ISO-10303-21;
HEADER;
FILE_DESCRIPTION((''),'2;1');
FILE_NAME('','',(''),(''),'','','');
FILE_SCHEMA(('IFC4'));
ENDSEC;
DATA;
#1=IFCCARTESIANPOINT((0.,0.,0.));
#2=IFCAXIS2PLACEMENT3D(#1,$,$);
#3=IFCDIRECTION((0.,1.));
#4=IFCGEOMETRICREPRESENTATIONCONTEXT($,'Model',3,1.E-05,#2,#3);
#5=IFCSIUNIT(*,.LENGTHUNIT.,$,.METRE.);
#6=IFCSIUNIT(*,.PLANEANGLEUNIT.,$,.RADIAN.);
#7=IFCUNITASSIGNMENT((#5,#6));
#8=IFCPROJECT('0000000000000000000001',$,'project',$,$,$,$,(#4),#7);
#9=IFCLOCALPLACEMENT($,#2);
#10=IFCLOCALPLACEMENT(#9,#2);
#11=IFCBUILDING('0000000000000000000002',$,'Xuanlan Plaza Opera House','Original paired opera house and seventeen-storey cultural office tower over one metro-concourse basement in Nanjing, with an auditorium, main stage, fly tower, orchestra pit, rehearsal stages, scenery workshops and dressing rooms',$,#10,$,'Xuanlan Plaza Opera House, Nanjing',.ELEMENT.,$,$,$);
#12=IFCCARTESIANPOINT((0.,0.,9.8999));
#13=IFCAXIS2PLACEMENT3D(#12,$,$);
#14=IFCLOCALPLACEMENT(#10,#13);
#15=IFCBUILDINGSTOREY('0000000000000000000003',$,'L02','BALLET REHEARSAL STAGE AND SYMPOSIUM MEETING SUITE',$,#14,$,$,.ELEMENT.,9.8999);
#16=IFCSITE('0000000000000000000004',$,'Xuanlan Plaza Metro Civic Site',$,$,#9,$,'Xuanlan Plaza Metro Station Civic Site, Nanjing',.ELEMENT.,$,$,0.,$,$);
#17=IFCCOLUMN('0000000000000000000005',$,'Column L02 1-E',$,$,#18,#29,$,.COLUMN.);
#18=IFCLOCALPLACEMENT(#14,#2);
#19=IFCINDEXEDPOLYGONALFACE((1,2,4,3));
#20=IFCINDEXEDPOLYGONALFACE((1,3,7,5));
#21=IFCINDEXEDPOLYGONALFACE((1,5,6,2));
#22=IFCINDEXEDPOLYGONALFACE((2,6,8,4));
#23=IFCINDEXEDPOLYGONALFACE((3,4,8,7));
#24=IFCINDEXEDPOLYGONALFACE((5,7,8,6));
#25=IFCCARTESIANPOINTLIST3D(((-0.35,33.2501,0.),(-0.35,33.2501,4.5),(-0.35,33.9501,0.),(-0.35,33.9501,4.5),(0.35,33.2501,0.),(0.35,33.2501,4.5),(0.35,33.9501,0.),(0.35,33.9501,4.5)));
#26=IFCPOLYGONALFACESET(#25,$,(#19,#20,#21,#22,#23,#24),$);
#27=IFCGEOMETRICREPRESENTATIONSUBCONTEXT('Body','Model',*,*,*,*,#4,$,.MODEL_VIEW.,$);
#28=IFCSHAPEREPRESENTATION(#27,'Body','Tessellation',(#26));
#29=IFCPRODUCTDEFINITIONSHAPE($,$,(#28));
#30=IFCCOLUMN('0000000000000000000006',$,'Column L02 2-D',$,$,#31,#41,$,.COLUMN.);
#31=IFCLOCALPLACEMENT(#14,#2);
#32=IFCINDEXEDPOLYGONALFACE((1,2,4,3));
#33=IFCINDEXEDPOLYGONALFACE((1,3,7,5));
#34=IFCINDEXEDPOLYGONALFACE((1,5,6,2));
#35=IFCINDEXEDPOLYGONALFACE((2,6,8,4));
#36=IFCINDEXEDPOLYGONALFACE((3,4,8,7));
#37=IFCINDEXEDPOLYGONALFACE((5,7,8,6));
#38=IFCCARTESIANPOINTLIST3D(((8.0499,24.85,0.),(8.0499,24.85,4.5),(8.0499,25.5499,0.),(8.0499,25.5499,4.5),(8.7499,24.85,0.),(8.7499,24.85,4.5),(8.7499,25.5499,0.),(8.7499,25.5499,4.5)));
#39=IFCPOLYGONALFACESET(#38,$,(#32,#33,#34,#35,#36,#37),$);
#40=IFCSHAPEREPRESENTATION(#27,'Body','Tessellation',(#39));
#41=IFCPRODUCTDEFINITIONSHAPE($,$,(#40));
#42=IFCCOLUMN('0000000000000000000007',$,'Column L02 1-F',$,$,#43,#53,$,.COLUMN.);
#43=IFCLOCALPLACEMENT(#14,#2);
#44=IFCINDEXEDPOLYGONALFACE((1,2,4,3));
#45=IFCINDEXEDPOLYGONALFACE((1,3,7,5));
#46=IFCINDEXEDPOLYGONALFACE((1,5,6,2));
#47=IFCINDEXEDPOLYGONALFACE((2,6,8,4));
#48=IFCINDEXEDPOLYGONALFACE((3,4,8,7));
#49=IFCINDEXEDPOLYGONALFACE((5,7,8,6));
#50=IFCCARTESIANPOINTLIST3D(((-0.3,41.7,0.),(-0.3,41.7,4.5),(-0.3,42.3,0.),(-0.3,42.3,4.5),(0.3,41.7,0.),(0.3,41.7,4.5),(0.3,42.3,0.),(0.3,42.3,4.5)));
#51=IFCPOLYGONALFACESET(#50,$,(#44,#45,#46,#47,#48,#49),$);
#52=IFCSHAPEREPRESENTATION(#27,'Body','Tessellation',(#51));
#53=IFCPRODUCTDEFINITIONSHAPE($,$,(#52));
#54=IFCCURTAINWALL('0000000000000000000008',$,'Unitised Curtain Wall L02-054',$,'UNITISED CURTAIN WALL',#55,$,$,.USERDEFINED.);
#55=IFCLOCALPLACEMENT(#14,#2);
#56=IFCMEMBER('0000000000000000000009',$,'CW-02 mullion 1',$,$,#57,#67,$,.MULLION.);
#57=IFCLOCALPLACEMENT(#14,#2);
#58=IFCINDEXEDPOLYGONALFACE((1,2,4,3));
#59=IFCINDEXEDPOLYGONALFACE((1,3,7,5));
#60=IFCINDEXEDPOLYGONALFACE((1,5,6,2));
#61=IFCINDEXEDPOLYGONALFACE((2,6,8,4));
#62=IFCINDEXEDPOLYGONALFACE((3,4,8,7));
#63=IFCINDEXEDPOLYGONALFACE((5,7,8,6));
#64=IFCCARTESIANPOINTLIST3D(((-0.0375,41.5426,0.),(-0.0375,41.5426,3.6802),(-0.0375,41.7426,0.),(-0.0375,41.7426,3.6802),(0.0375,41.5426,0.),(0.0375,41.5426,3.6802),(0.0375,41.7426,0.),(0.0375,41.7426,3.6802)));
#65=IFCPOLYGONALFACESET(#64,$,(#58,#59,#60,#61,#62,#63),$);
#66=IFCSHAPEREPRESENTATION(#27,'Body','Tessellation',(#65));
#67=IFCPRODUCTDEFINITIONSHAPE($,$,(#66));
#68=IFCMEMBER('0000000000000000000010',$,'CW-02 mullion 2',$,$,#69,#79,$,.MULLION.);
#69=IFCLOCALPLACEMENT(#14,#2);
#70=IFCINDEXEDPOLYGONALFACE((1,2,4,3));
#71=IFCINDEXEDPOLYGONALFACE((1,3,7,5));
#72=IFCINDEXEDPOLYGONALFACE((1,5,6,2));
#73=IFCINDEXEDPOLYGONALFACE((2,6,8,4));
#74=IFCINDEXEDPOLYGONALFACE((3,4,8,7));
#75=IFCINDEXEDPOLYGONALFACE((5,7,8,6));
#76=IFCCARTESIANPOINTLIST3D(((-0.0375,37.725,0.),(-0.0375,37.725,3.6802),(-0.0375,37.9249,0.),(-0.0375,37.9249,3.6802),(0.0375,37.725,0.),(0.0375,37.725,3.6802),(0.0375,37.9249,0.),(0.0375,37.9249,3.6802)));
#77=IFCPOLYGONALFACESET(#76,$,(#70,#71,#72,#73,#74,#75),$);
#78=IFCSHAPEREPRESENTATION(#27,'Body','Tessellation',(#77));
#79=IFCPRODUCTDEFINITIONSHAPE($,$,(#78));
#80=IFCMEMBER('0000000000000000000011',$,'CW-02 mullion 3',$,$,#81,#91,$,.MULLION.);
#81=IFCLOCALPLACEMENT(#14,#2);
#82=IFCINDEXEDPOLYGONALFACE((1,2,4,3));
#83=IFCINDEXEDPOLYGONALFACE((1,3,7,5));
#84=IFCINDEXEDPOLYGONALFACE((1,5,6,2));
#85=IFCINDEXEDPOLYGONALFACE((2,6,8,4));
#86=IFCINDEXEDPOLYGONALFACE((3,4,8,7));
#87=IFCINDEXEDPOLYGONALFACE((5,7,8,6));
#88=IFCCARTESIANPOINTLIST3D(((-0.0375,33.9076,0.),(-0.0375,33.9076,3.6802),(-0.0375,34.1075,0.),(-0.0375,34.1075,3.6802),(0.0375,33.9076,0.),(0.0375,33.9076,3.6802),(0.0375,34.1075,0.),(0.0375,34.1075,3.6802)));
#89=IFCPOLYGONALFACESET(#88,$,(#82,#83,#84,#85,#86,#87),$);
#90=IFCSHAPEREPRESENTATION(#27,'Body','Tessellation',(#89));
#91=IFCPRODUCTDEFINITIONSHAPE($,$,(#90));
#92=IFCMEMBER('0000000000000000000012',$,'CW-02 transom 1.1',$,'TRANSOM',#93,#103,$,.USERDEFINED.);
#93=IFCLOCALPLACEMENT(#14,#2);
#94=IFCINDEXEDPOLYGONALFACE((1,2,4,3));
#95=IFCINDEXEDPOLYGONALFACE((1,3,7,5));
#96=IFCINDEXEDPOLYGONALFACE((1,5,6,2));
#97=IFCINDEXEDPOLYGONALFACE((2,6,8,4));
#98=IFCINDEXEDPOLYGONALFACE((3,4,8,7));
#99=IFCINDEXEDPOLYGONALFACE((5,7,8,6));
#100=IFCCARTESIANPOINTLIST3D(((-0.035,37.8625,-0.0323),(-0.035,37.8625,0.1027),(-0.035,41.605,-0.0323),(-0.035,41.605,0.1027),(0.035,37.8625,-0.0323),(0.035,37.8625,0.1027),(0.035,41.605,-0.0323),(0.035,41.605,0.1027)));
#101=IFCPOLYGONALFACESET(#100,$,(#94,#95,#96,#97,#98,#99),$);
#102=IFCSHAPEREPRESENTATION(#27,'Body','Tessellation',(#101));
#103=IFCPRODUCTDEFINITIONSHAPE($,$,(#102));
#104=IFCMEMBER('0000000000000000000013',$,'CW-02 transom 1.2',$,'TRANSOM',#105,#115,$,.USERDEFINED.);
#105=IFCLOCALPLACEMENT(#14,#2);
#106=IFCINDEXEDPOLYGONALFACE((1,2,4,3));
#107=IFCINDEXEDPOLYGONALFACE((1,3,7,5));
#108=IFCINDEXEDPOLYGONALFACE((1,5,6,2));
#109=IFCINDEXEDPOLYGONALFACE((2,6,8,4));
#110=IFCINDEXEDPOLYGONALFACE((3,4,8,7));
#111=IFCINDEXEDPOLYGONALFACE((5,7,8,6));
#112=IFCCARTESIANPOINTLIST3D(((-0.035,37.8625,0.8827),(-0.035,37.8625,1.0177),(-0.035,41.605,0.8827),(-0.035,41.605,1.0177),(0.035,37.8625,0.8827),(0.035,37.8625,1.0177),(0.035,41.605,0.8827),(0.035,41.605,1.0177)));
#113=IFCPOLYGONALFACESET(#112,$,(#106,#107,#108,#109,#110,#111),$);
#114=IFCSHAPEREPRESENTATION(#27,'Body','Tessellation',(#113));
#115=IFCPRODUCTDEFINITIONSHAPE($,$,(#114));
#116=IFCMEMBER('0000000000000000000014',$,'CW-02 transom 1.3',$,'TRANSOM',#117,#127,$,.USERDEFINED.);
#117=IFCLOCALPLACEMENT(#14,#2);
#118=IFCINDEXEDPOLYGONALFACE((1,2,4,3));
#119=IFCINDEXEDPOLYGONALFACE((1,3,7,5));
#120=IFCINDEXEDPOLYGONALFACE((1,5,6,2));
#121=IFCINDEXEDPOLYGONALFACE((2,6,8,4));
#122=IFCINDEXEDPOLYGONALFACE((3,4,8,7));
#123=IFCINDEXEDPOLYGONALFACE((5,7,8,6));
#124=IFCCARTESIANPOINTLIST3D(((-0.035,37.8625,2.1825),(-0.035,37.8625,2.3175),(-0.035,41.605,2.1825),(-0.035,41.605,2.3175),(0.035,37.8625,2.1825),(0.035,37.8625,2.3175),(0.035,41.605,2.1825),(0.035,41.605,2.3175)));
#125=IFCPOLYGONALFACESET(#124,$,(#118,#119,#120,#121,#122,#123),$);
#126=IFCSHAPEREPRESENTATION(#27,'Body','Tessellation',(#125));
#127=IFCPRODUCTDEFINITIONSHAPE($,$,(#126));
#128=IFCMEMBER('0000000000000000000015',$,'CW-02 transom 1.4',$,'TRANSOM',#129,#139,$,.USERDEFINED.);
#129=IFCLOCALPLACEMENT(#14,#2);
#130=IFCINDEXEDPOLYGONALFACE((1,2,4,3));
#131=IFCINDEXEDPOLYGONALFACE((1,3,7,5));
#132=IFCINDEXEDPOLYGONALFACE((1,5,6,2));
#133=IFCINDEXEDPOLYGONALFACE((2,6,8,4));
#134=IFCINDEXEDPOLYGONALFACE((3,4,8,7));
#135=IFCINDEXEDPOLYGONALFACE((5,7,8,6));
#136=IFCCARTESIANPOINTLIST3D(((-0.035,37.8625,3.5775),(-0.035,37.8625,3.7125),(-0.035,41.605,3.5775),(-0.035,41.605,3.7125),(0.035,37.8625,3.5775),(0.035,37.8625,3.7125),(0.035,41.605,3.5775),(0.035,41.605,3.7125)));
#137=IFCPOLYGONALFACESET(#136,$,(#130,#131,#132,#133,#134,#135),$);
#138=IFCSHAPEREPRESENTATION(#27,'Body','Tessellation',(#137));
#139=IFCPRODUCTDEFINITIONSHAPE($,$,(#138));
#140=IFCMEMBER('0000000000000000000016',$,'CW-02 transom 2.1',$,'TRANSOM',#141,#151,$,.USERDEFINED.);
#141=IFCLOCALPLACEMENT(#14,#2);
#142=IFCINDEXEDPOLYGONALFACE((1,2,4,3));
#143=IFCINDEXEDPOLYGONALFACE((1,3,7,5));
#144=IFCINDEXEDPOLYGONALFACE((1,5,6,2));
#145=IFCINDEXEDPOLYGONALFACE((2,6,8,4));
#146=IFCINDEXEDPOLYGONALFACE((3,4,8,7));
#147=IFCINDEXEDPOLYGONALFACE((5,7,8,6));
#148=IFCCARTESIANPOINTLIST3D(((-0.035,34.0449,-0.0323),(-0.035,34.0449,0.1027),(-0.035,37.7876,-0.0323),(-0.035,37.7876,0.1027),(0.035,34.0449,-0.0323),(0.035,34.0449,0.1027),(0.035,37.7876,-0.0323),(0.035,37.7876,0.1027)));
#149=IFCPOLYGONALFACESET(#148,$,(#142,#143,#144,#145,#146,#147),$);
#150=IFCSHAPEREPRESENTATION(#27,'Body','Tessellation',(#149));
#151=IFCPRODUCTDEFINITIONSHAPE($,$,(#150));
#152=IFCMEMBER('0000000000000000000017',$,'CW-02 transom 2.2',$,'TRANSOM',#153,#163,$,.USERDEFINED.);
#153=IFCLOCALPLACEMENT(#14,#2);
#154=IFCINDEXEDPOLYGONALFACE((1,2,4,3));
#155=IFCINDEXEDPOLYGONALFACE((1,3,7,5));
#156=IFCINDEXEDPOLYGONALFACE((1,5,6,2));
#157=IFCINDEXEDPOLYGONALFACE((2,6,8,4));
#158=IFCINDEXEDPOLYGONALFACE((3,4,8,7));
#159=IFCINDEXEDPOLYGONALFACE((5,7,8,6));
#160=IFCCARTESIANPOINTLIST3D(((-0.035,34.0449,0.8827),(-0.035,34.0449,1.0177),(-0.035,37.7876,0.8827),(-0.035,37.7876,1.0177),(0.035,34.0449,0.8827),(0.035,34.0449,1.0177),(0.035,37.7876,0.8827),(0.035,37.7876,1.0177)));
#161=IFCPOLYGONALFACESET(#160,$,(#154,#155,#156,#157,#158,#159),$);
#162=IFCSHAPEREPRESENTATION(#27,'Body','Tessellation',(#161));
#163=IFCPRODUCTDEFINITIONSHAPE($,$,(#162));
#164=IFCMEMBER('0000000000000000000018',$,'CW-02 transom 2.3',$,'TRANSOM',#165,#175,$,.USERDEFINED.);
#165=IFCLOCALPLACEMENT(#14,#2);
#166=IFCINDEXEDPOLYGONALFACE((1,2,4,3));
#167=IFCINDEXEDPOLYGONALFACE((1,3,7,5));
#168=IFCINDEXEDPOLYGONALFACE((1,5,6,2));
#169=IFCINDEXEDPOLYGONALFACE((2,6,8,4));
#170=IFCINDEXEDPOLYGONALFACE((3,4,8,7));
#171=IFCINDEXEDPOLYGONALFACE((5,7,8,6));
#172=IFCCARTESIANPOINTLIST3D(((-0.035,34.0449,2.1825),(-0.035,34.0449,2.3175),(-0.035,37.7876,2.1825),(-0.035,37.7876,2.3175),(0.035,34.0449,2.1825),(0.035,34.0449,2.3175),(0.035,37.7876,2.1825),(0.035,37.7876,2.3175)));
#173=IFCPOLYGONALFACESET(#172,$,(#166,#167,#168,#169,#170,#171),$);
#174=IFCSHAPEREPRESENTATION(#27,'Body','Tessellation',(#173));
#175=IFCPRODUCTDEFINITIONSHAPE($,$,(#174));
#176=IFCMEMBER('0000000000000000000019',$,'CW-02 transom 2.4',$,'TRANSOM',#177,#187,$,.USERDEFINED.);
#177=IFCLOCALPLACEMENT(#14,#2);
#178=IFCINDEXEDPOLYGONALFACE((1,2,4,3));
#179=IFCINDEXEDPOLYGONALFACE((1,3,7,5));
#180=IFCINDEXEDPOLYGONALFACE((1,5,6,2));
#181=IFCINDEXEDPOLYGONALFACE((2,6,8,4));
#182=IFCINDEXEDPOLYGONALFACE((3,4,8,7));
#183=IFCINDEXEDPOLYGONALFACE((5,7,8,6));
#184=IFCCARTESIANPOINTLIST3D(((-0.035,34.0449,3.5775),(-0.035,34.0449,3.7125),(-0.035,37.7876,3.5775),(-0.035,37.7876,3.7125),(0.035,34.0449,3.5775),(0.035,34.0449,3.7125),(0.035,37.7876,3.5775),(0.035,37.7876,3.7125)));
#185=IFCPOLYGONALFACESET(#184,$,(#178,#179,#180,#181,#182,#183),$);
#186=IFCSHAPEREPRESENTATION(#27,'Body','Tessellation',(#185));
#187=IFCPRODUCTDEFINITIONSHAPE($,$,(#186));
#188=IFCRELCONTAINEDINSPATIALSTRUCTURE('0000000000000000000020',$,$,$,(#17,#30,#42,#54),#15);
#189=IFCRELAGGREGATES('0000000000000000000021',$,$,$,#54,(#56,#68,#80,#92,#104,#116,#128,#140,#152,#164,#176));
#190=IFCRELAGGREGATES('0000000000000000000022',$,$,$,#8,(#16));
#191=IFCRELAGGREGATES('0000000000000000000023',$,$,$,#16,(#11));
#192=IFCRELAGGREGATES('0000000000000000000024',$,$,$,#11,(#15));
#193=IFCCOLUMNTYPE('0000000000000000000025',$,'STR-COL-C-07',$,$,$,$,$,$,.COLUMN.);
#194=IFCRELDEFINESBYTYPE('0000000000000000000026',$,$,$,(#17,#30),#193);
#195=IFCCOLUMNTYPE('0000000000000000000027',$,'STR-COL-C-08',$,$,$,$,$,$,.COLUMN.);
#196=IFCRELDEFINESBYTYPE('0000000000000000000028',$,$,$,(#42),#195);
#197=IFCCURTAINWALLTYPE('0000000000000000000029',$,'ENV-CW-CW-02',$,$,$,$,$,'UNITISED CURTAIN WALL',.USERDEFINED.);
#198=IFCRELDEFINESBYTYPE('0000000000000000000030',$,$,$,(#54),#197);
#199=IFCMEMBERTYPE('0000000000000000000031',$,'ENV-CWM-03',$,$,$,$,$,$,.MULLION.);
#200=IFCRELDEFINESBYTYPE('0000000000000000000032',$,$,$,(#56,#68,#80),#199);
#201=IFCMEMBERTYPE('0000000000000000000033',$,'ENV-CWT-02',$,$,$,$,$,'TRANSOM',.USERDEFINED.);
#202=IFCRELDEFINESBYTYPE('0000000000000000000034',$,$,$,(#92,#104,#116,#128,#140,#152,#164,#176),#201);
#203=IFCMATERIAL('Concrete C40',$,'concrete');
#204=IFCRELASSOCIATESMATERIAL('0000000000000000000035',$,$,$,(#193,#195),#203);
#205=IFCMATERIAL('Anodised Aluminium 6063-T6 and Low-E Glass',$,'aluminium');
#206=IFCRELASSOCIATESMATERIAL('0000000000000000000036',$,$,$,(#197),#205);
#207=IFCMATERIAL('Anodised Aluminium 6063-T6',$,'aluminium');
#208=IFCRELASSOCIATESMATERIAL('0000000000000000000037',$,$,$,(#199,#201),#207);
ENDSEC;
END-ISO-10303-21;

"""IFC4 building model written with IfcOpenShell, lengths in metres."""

from ifc_helpers import new_model, si_unit, direction, frame, origin, origin_2d, place, context, subcontext, project, spatial, rectangle, extrude, material, material_profile, profile_set, type_object, element, aggregate, save


model = new_model("IFC4")

# Units and contexts
model_context = context("Model", 3, precision=1e-05, world=origin(), true_north=direction((0.0, 1.0)))
body_context = subcontext(model_context, "Body", "Model", "MODEL_VIEW")
ifc_project = project(units=[si_unit("LENGTHUNIT", "METRE"), si_unit("PLANEANGLEUNIT", "RADIAN")], contexts=[model_context])

# Site, building, storey
site_placement = place(None, origin())
site = spatial("IfcSite", under=ifc_project, at=site_placement, Name="Xuanlan Plaza Metro Civic Site", LongName="Xuanlan Plaza Metro Station Civic Site, Nanjing", CompositionType="ELEMENT", RefElevation=0.0)
building_placement = place(site_placement, origin())
building = spatial("IfcBuilding", under=site, at=building_placement, Name="Xuanlan Plaza Opera House", Description="Original paired opera house and seventeen-storey cultural office tower over one metro-concourse basement in Nanjing, with an auditorium, main stage, fly tower, orchestra pit, rehearsal stages, scenery workshops and dressing rooms", LongName="Xuanlan Plaza Opera House, Nanjing", CompositionType="ELEMENT")
storey_placement = place(building_placement, frame((0.0, 0.0, 9.8999)))
storey = spatial("IfcBuildingStorey", under=building, at=storey_placement, Name="L02", Description="BALLET REHEARSAL STAGE AND SYMPOSIUM MEETING SUITE", CompositionType="ELEMENT", Elevation=9.8999)

# Columns
ifc_material_1 = material(Name="Concrete C40", Category="concrete")
ifc_material_profile_1 = material_profile(ifc_material_1, rectangle(XDim=0.7, YDim=0.7, at=origin_2d()), Name="RC-COL 700x700")
ifc_profile_set_1 = profile_set([ifc_material_profile_1], Name="Concrete C40")
column_type_1 = type_object("IfcColumnType", Name="STR-COL-C-07", PredefinedType="COLUMN", material=ifc_profile_set_1)
for number, where, z_axis, x_axis, name in (
    (1, (0.0, 33.6001, 0.0), (0.0, 0.0, 1.0), (1.0, 0.0, 0.0), "Column L02 1-E"),
    (2, (8.3999, 25.2, 0.0), (0.0, 0.0, 1.0), (1.0, 0.0, 0.0), "Column L02 2-D"),
):
    element("IfcColumn", number, at=place(storey_placement, frame(where, z_axis=z_axis, x_axis=x_axis)), inside=storey, type_object=column_type_1, Name=name, PredefinedType="COLUMN", context=body_context, shape_type="SweptSolid", body=[
        extrude(rectangle(XDim=0.7, YDim=0.7, at=origin_2d()), origin(), (0.0, 0.0, 1.0), 4.5),
    ])
ifc_material_profile_2 = material_profile(ifc_material_1, rectangle(XDim=0.6001, YDim=0.6001, at=origin_2d()), Name="RC-COL 600x600")
ifc_profile_set_2 = profile_set([ifc_material_profile_2], Name="Concrete C40")
column_type_2 = type_object("IfcColumnType", Name="STR-COL-C-08", PredefinedType="COLUMN", material=ifc_profile_set_2)
column_placement = place(storey_placement, frame((0.0, 42.0, 0.0), z_axis=(0.0, 0.0, 1.0), x_axis=(1.0, 0.0, 0.0)))
element("IfcColumn", 3, at=column_placement, inside=storey, type_object=column_type_2, Name="Column L02 1-F", PredefinedType="COLUMN", context=body_context, shape_type="SweptSolid", body=[
    extrude(rectangle(XDim=0.6001, YDim=0.6001, at=origin_2d()), origin(), (0.0, 0.0, 1.0), 4.5),
])

# Curtain wall, members
ifc_material_2 = material(Name="Anodised Aluminium 6063-T6 and Low-E Glass", Category="aluminium")
curtain_wall_type = type_object("IfcCurtainWallType", Name="ENV-CW-CW-02", ElementType="UNITISED CURTAIN WALL", PredefinedType="USERDEFINED", material=ifc_material_2)
curtain_wall_placement = place(storey_placement, origin())
curtain_wall = element("IfcCurtainWall", 4, at=curtain_wall_placement, inside=storey, type_object=curtain_wall_type, Name="Unitised Curtain Wall L02-054", ObjectType="UNITISED CURTAIN WALL", PredefinedType="USERDEFINED")
ifc_material_3 = material(Name="Anodised Aluminium 6063-T6", Category="aluminium")
ifc_material_profile_3 = material_profile(ifc_material_3, rectangle(XDim=0.075, YDim=0.2, at=origin_2d()), Name="ALU-M 75x200")
ifc_profile_set_3 = profile_set([ifc_material_profile_3], Name="Anodised Aluminium 6063-T6")
member_type_1 = type_object("IfcMemberType", Name="ENV-CWM-03", PredefinedType="MULLION", material=ifc_profile_set_3)
member_1_placement = place(storey_placement, frame((0.0, 41.6426, 0.0), z_axis=(0.0, 0.0, 1.0), x_axis=(1.0, 0.0, 0.0)))
member_1 = element("IfcMember", 5, at=member_1_placement, type_object=member_type_1, Name="CW-02 mullion 1", PredefinedType="MULLION", context=body_context, shape_type="SweptSolid", body=[
    extrude(rectangle(XDim=0.075, YDim=0.2, at=origin_2d()), origin(), (0.0, 0.0, 1.0), 3.6802),
])
member_2_placement = place(storey_placement, frame((0.0, 37.825, 0.0), z_axis=(0.0, 0.0, 1.0), x_axis=(1.0, 0.0, 0.0)))
member_2 = element("IfcMember", 6, at=member_2_placement, type_object=member_type_1, Name="CW-02 mullion 2", PredefinedType="MULLION", context=body_context, shape_type="SweptSolid", body=[
    extrude(rectangle(XDim=0.075, YDim=0.2, at=origin_2d()), origin(), (0.0, 0.0, 1.0), 3.6802),
])
member_3_placement = place(storey_placement, frame((0.0, 34.0076, 0.0), z_axis=(0.0, 0.0, 1.0), x_axis=(1.0, 0.0, 0.0)))
member_3 = element("IfcMember", 7, at=member_3_placement, type_object=member_type_1, Name="CW-02 mullion 3", PredefinedType="MULLION", context=body_context, shape_type="SweptSolid", body=[
    extrude(rectangle(XDim=0.075, YDim=0.2, at=origin_2d()), origin(), (0.0, 0.0, 1.0), 3.6802),
])
ifc_material_profile_4 = material_profile(ifc_material_3, rectangle(XDim=0.0701, YDim=0.135, at=origin_2d()), Name="ALU-T 70x135")
ifc_profile_set_4 = profile_set([ifc_material_profile_4], Name="Anodised Aluminium 6063-T6")
member_type_2 = type_object("IfcMemberType", Name="ENV-CWT-02", ElementType="TRANSOM", PredefinedType="USERDEFINED", material=ifc_profile_set_4)
member_4_placement = place(storey_placement, frame((0.0, 41.605, 0.0352), z_axis=(0.0, -1.0, 0.0), x_axis=(1.0, 0.0, 0.0)))
member_4 = element("IfcMember", 8, at=member_4_placement, type_object=member_type_2, Name="CW-02 transom 1.1", ObjectType="TRANSOM", PredefinedType="USERDEFINED", context=body_context, shape_type="SweptSolid", body=[
    extrude(rectangle(XDim=0.0701, YDim=0.135, at=origin_2d()), origin(), (0.0, 0.0, 1.0), 3.7424),
])
member_5_placement = place(storey_placement, frame((0.0, 41.605, 0.9502), z_axis=(0.0, -1.0, 0.0), x_axis=(1.0, 0.0, 0.0)))
member_5 = element("IfcMember", 9, at=member_5_placement, type_object=member_type_2, Name="CW-02 transom 1.2", ObjectType="TRANSOM", PredefinedType="USERDEFINED", context=body_context, shape_type="SweptSolid", body=[
    extrude(rectangle(XDim=0.0701, YDim=0.135, at=origin_2d()), origin(), (0.0, 0.0, 1.0), 3.7424),
])
member_6_placement = place(storey_placement, frame((0.0, 41.605, 2.25), z_axis=(0.0, -1.0, 0.0), x_axis=(1.0, 0.0, 0.0)))
member_6 = element("IfcMember", 10, at=member_6_placement, type_object=member_type_2, Name="CW-02 transom 1.3", ObjectType="TRANSOM", PredefinedType="USERDEFINED", context=body_context, shape_type="SweptSolid", body=[
    extrude(rectangle(XDim=0.0701, YDim=0.135, at=origin_2d()), origin(), (0.0, 0.0, 1.0), 3.7424),
])
member_7_placement = place(storey_placement, frame((0.0, 41.605, 3.645), z_axis=(0.0, -1.0, 0.0), x_axis=(1.0, 0.0, 0.0)))
member_7 = element("IfcMember", 11, at=member_7_placement, type_object=member_type_2, Name="CW-02 transom 1.4", ObjectType="TRANSOM", PredefinedType="USERDEFINED", context=body_context, shape_type="SweptSolid", body=[
    extrude(rectangle(XDim=0.0701, YDim=0.135, at=origin_2d()), origin(), (0.0, 0.0, 1.0), 3.7424),
])
member_8_placement = place(storey_placement, frame((0.0, 37.7876, 0.0352), z_axis=(0.0, -1.0, 0.0), x_axis=(1.0, 0.0, 0.0)))
member_8 = element("IfcMember", 12, at=member_8_placement, type_object=member_type_2, Name="CW-02 transom 2.1", ObjectType="TRANSOM", PredefinedType="USERDEFINED", context=body_context, shape_type="SweptSolid", body=[
    extrude(rectangle(XDim=0.0701, YDim=0.135, at=origin_2d()), origin(), (0.0, 0.0, 1.0), 3.7427),
])
member_9_placement = place(storey_placement, frame((0.0, 37.7876, 0.9502), z_axis=(0.0, -1.0, 0.0), x_axis=(1.0, 0.0, 0.0)))
member_9 = element("IfcMember", 13, at=member_9_placement, type_object=member_type_2, Name="CW-02 transom 2.2", ObjectType="TRANSOM", PredefinedType="USERDEFINED", context=body_context, shape_type="SweptSolid", body=[
    extrude(rectangle(XDim=0.0701, YDim=0.135, at=origin_2d()), origin(), (0.0, 0.0, 1.0), 3.7427),
])
member_10_placement = place(storey_placement, frame((0.0, 37.7876, 2.25), z_axis=(0.0, -1.0, 0.0), x_axis=(1.0, 0.0, 0.0)))
member_10 = element("IfcMember", 14, at=member_10_placement, type_object=member_type_2, Name="CW-02 transom 2.3", ObjectType="TRANSOM", PredefinedType="USERDEFINED", context=body_context, shape_type="SweptSolid", body=[
    extrude(rectangle(XDim=0.0701, YDim=0.135, at=origin_2d()), origin(), (0.0, 0.0, 1.0), 3.7427),
])
member_11_placement = place(storey_placement, frame((0.0, 37.7876, 3.645), z_axis=(0.0, -1.0, 0.0), x_axis=(1.0, 0.0, 0.0)))
member_11 = element("IfcMember", 15, at=member_11_placement, type_object=member_type_2, Name="CW-02 transom 2.4", ObjectType="TRANSOM", PredefinedType="USERDEFINED", context=body_context, shape_type="SweptSolid", body=[
    extrude(rectangle(XDim=0.0701, YDim=0.135, at=origin_2d()), origin(), (0.0, 0.0, 1.0), 3.7427),
])

aggregate(curtain_wall, [member_1, member_2, member_3, member_4, member_5, member_6, member_7, member_8, member_9, member_10, member_11])

save(model, "model.ifc")
